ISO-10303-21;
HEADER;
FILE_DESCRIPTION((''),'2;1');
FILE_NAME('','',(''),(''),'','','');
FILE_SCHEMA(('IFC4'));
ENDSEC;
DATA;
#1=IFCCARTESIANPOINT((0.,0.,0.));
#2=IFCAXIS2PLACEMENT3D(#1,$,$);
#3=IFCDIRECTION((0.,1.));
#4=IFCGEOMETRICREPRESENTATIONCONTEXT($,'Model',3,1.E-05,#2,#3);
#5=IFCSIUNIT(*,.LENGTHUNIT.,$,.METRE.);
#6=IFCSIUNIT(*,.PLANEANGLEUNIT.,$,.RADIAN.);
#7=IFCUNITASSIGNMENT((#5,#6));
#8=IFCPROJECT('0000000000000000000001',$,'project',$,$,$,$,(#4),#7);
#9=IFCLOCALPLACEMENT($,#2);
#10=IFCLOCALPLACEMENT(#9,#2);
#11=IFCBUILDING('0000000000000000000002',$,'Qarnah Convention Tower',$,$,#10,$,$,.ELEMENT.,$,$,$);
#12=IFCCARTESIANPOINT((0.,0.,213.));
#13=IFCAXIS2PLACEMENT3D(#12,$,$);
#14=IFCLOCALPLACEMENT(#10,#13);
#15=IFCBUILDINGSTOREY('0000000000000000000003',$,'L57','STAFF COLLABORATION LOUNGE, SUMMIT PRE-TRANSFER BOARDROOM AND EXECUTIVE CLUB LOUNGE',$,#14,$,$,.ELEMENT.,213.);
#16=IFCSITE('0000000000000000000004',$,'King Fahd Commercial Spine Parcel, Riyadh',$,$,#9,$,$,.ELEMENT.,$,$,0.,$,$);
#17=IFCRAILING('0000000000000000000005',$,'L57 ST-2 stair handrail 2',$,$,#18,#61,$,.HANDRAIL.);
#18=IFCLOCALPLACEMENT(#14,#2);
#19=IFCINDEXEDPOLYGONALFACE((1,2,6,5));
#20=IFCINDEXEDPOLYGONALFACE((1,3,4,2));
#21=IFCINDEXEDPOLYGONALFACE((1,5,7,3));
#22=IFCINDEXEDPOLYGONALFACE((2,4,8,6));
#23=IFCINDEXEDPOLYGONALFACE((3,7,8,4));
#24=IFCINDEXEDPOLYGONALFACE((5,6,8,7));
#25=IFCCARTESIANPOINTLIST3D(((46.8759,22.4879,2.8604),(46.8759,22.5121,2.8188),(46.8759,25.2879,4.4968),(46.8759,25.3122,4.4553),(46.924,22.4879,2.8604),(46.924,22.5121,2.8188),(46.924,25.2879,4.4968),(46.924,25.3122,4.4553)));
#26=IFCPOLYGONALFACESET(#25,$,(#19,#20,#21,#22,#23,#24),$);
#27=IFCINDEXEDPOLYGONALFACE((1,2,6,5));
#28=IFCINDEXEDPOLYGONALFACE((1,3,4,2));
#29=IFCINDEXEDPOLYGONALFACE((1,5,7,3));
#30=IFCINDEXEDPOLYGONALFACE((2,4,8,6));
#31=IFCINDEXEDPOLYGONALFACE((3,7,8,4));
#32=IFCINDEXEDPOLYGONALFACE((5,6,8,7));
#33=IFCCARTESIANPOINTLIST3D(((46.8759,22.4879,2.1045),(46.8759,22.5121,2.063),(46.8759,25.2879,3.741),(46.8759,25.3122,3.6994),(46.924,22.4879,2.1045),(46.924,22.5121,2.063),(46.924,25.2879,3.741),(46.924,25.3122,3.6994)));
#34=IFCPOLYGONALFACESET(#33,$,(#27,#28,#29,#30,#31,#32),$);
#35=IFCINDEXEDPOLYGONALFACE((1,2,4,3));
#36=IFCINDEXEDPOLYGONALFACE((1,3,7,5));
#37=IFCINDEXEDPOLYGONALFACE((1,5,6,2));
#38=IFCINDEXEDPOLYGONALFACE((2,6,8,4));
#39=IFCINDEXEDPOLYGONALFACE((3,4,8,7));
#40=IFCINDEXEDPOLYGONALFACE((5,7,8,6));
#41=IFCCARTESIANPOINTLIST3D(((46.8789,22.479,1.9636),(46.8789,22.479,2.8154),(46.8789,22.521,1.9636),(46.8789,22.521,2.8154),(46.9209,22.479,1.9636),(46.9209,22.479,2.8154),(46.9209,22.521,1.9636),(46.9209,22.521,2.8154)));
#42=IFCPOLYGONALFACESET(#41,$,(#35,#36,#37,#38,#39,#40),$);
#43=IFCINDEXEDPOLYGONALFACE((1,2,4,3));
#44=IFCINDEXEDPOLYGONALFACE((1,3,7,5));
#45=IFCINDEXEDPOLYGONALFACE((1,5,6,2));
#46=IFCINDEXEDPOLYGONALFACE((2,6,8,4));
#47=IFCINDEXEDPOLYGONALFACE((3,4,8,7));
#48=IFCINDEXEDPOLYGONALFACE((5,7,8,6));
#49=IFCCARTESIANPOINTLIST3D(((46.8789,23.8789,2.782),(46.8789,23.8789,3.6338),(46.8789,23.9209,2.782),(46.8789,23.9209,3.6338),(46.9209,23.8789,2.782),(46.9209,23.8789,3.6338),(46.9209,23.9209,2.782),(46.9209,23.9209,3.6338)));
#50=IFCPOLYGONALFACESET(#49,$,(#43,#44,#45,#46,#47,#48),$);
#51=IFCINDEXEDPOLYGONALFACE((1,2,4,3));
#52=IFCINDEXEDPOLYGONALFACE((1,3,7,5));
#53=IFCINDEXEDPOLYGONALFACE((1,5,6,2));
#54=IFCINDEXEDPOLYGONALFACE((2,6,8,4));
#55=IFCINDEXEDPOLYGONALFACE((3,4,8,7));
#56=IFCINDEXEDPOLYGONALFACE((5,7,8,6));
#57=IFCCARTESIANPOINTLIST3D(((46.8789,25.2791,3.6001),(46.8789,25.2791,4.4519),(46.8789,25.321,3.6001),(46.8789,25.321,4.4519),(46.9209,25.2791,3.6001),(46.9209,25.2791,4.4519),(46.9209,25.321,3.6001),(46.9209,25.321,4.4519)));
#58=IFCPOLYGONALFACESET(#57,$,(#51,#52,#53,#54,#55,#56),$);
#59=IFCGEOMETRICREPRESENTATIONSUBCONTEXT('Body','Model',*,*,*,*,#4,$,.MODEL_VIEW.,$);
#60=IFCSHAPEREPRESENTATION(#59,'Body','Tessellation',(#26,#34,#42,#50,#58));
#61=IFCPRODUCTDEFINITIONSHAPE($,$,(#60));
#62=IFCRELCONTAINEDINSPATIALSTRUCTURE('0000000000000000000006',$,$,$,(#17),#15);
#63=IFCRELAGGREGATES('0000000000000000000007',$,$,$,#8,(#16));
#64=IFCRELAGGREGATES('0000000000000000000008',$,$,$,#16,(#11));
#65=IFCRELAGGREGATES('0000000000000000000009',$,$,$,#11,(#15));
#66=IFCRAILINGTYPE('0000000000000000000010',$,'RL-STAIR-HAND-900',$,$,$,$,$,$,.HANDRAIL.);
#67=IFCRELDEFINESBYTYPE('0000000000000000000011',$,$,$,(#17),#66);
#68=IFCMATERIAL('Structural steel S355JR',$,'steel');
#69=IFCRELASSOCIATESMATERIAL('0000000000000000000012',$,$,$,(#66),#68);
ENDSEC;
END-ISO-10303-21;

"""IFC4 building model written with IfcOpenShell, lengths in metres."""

from ifc_helpers import new_model, si_unit, direction, frame, origin, origin_2d, place, context, subcontext, project, spatial, rectangle, extrude, material, type_object, element, save


model = new_model("IFC4")

# Units and contexts
model_context = context("Model", 3, precision=1e-05, world=origin(), true_north=direction((0.0, 1.0)))
body_context = subcontext(model_context, "Body", "Model", "MODEL_VIEW")
ifc_project = project(units=[si_unit("LENGTHUNIT", "METRE"), si_unit("PLANEANGLEUNIT", "RADIAN")], contexts=[model_context])

# Site, building, storey
site_placement = place(None, origin())
site = spatial("IfcSite", under=ifc_project, at=site_placement, Name="King Fahd Commercial Spine Parcel, Riyadh", CompositionType="ELEMENT", RefElevation=0.0)
building_placement = place(site_placement, origin())
building = spatial("IfcBuilding", under=site, at=building_placement, Name="Qarnah Convention Tower", CompositionType="ELEMENT")
storey_placement = place(building_placement, frame((0.0, 0.0, 213.0)))
storey = spatial("IfcBuildingStorey", under=building, at=storey_placement, Name="L57", Description="STAFF COLLABORATION LOUNGE, SUMMIT PRE-TRANSFER BOARDROOM AND EXECUTIVE CLUB LOUNGE", CompositionType="ELEMENT", Elevation=213.0)

# Shared definitions
ifc_material_1 = material(Name="Structural steel S355JR", Category="steel")

# Railing
railing_type_1 = type_object("IfcRailingType", Name="RL-STAIR-HAND-900", PredefinedType="HANDRAIL", material=ifc_material_1)
railing_1_placement = place(storey_placement, frame((46.8999, 22.5, 1.9636)))
element("IfcRailing", 1, at=railing_1_placement, inside=storey, type_object=railing_type_1, Name="L57 ST-2 stair handrail 2", PredefinedType="HANDRAIL", context=body_context, shape_type="SweptSolid", body=[
    extrude(rectangle(XDim=0.0481, YDim=0.0481, at=origin_2d()), frame((0.0, 0.0, 0.876), z_axis=(0.0, 0.863361, 0.504587), x_axis=(-1.0, 0.0, 0.0)), (0.0, 0.0, 1.0), 3.2432),
    extrude(rectangle(XDim=0.0481, YDim=0.0481, at=origin_2d()), frame((0.0, 0.0, 0.1201), z_axis=(0.0, 0.863361, 0.504587), x_axis=(-1.0, 0.0, 0.0)), (0.0, 0.0, 1.0), 3.2432),
    extrude(rectangle(XDim=0.042, YDim=0.042, at=origin_2d()), origin(), (0.0, 0.0, 1.0), 0.8518),
    extrude(rectangle(XDim=0.042, YDim=0.042, at=origin_2d()), frame((0.0, 1.3999, 0.8184)), (0.0, 0.0, 1.0), 0.8518),
    extrude(rectangle(XDim=0.042, YDim=0.042, at=origin_2d()), frame((0.0, 2.8, 1.6365)), (0.0, 0.0, 1.0), 0.8518),
])

save(model, "model.ifc")
